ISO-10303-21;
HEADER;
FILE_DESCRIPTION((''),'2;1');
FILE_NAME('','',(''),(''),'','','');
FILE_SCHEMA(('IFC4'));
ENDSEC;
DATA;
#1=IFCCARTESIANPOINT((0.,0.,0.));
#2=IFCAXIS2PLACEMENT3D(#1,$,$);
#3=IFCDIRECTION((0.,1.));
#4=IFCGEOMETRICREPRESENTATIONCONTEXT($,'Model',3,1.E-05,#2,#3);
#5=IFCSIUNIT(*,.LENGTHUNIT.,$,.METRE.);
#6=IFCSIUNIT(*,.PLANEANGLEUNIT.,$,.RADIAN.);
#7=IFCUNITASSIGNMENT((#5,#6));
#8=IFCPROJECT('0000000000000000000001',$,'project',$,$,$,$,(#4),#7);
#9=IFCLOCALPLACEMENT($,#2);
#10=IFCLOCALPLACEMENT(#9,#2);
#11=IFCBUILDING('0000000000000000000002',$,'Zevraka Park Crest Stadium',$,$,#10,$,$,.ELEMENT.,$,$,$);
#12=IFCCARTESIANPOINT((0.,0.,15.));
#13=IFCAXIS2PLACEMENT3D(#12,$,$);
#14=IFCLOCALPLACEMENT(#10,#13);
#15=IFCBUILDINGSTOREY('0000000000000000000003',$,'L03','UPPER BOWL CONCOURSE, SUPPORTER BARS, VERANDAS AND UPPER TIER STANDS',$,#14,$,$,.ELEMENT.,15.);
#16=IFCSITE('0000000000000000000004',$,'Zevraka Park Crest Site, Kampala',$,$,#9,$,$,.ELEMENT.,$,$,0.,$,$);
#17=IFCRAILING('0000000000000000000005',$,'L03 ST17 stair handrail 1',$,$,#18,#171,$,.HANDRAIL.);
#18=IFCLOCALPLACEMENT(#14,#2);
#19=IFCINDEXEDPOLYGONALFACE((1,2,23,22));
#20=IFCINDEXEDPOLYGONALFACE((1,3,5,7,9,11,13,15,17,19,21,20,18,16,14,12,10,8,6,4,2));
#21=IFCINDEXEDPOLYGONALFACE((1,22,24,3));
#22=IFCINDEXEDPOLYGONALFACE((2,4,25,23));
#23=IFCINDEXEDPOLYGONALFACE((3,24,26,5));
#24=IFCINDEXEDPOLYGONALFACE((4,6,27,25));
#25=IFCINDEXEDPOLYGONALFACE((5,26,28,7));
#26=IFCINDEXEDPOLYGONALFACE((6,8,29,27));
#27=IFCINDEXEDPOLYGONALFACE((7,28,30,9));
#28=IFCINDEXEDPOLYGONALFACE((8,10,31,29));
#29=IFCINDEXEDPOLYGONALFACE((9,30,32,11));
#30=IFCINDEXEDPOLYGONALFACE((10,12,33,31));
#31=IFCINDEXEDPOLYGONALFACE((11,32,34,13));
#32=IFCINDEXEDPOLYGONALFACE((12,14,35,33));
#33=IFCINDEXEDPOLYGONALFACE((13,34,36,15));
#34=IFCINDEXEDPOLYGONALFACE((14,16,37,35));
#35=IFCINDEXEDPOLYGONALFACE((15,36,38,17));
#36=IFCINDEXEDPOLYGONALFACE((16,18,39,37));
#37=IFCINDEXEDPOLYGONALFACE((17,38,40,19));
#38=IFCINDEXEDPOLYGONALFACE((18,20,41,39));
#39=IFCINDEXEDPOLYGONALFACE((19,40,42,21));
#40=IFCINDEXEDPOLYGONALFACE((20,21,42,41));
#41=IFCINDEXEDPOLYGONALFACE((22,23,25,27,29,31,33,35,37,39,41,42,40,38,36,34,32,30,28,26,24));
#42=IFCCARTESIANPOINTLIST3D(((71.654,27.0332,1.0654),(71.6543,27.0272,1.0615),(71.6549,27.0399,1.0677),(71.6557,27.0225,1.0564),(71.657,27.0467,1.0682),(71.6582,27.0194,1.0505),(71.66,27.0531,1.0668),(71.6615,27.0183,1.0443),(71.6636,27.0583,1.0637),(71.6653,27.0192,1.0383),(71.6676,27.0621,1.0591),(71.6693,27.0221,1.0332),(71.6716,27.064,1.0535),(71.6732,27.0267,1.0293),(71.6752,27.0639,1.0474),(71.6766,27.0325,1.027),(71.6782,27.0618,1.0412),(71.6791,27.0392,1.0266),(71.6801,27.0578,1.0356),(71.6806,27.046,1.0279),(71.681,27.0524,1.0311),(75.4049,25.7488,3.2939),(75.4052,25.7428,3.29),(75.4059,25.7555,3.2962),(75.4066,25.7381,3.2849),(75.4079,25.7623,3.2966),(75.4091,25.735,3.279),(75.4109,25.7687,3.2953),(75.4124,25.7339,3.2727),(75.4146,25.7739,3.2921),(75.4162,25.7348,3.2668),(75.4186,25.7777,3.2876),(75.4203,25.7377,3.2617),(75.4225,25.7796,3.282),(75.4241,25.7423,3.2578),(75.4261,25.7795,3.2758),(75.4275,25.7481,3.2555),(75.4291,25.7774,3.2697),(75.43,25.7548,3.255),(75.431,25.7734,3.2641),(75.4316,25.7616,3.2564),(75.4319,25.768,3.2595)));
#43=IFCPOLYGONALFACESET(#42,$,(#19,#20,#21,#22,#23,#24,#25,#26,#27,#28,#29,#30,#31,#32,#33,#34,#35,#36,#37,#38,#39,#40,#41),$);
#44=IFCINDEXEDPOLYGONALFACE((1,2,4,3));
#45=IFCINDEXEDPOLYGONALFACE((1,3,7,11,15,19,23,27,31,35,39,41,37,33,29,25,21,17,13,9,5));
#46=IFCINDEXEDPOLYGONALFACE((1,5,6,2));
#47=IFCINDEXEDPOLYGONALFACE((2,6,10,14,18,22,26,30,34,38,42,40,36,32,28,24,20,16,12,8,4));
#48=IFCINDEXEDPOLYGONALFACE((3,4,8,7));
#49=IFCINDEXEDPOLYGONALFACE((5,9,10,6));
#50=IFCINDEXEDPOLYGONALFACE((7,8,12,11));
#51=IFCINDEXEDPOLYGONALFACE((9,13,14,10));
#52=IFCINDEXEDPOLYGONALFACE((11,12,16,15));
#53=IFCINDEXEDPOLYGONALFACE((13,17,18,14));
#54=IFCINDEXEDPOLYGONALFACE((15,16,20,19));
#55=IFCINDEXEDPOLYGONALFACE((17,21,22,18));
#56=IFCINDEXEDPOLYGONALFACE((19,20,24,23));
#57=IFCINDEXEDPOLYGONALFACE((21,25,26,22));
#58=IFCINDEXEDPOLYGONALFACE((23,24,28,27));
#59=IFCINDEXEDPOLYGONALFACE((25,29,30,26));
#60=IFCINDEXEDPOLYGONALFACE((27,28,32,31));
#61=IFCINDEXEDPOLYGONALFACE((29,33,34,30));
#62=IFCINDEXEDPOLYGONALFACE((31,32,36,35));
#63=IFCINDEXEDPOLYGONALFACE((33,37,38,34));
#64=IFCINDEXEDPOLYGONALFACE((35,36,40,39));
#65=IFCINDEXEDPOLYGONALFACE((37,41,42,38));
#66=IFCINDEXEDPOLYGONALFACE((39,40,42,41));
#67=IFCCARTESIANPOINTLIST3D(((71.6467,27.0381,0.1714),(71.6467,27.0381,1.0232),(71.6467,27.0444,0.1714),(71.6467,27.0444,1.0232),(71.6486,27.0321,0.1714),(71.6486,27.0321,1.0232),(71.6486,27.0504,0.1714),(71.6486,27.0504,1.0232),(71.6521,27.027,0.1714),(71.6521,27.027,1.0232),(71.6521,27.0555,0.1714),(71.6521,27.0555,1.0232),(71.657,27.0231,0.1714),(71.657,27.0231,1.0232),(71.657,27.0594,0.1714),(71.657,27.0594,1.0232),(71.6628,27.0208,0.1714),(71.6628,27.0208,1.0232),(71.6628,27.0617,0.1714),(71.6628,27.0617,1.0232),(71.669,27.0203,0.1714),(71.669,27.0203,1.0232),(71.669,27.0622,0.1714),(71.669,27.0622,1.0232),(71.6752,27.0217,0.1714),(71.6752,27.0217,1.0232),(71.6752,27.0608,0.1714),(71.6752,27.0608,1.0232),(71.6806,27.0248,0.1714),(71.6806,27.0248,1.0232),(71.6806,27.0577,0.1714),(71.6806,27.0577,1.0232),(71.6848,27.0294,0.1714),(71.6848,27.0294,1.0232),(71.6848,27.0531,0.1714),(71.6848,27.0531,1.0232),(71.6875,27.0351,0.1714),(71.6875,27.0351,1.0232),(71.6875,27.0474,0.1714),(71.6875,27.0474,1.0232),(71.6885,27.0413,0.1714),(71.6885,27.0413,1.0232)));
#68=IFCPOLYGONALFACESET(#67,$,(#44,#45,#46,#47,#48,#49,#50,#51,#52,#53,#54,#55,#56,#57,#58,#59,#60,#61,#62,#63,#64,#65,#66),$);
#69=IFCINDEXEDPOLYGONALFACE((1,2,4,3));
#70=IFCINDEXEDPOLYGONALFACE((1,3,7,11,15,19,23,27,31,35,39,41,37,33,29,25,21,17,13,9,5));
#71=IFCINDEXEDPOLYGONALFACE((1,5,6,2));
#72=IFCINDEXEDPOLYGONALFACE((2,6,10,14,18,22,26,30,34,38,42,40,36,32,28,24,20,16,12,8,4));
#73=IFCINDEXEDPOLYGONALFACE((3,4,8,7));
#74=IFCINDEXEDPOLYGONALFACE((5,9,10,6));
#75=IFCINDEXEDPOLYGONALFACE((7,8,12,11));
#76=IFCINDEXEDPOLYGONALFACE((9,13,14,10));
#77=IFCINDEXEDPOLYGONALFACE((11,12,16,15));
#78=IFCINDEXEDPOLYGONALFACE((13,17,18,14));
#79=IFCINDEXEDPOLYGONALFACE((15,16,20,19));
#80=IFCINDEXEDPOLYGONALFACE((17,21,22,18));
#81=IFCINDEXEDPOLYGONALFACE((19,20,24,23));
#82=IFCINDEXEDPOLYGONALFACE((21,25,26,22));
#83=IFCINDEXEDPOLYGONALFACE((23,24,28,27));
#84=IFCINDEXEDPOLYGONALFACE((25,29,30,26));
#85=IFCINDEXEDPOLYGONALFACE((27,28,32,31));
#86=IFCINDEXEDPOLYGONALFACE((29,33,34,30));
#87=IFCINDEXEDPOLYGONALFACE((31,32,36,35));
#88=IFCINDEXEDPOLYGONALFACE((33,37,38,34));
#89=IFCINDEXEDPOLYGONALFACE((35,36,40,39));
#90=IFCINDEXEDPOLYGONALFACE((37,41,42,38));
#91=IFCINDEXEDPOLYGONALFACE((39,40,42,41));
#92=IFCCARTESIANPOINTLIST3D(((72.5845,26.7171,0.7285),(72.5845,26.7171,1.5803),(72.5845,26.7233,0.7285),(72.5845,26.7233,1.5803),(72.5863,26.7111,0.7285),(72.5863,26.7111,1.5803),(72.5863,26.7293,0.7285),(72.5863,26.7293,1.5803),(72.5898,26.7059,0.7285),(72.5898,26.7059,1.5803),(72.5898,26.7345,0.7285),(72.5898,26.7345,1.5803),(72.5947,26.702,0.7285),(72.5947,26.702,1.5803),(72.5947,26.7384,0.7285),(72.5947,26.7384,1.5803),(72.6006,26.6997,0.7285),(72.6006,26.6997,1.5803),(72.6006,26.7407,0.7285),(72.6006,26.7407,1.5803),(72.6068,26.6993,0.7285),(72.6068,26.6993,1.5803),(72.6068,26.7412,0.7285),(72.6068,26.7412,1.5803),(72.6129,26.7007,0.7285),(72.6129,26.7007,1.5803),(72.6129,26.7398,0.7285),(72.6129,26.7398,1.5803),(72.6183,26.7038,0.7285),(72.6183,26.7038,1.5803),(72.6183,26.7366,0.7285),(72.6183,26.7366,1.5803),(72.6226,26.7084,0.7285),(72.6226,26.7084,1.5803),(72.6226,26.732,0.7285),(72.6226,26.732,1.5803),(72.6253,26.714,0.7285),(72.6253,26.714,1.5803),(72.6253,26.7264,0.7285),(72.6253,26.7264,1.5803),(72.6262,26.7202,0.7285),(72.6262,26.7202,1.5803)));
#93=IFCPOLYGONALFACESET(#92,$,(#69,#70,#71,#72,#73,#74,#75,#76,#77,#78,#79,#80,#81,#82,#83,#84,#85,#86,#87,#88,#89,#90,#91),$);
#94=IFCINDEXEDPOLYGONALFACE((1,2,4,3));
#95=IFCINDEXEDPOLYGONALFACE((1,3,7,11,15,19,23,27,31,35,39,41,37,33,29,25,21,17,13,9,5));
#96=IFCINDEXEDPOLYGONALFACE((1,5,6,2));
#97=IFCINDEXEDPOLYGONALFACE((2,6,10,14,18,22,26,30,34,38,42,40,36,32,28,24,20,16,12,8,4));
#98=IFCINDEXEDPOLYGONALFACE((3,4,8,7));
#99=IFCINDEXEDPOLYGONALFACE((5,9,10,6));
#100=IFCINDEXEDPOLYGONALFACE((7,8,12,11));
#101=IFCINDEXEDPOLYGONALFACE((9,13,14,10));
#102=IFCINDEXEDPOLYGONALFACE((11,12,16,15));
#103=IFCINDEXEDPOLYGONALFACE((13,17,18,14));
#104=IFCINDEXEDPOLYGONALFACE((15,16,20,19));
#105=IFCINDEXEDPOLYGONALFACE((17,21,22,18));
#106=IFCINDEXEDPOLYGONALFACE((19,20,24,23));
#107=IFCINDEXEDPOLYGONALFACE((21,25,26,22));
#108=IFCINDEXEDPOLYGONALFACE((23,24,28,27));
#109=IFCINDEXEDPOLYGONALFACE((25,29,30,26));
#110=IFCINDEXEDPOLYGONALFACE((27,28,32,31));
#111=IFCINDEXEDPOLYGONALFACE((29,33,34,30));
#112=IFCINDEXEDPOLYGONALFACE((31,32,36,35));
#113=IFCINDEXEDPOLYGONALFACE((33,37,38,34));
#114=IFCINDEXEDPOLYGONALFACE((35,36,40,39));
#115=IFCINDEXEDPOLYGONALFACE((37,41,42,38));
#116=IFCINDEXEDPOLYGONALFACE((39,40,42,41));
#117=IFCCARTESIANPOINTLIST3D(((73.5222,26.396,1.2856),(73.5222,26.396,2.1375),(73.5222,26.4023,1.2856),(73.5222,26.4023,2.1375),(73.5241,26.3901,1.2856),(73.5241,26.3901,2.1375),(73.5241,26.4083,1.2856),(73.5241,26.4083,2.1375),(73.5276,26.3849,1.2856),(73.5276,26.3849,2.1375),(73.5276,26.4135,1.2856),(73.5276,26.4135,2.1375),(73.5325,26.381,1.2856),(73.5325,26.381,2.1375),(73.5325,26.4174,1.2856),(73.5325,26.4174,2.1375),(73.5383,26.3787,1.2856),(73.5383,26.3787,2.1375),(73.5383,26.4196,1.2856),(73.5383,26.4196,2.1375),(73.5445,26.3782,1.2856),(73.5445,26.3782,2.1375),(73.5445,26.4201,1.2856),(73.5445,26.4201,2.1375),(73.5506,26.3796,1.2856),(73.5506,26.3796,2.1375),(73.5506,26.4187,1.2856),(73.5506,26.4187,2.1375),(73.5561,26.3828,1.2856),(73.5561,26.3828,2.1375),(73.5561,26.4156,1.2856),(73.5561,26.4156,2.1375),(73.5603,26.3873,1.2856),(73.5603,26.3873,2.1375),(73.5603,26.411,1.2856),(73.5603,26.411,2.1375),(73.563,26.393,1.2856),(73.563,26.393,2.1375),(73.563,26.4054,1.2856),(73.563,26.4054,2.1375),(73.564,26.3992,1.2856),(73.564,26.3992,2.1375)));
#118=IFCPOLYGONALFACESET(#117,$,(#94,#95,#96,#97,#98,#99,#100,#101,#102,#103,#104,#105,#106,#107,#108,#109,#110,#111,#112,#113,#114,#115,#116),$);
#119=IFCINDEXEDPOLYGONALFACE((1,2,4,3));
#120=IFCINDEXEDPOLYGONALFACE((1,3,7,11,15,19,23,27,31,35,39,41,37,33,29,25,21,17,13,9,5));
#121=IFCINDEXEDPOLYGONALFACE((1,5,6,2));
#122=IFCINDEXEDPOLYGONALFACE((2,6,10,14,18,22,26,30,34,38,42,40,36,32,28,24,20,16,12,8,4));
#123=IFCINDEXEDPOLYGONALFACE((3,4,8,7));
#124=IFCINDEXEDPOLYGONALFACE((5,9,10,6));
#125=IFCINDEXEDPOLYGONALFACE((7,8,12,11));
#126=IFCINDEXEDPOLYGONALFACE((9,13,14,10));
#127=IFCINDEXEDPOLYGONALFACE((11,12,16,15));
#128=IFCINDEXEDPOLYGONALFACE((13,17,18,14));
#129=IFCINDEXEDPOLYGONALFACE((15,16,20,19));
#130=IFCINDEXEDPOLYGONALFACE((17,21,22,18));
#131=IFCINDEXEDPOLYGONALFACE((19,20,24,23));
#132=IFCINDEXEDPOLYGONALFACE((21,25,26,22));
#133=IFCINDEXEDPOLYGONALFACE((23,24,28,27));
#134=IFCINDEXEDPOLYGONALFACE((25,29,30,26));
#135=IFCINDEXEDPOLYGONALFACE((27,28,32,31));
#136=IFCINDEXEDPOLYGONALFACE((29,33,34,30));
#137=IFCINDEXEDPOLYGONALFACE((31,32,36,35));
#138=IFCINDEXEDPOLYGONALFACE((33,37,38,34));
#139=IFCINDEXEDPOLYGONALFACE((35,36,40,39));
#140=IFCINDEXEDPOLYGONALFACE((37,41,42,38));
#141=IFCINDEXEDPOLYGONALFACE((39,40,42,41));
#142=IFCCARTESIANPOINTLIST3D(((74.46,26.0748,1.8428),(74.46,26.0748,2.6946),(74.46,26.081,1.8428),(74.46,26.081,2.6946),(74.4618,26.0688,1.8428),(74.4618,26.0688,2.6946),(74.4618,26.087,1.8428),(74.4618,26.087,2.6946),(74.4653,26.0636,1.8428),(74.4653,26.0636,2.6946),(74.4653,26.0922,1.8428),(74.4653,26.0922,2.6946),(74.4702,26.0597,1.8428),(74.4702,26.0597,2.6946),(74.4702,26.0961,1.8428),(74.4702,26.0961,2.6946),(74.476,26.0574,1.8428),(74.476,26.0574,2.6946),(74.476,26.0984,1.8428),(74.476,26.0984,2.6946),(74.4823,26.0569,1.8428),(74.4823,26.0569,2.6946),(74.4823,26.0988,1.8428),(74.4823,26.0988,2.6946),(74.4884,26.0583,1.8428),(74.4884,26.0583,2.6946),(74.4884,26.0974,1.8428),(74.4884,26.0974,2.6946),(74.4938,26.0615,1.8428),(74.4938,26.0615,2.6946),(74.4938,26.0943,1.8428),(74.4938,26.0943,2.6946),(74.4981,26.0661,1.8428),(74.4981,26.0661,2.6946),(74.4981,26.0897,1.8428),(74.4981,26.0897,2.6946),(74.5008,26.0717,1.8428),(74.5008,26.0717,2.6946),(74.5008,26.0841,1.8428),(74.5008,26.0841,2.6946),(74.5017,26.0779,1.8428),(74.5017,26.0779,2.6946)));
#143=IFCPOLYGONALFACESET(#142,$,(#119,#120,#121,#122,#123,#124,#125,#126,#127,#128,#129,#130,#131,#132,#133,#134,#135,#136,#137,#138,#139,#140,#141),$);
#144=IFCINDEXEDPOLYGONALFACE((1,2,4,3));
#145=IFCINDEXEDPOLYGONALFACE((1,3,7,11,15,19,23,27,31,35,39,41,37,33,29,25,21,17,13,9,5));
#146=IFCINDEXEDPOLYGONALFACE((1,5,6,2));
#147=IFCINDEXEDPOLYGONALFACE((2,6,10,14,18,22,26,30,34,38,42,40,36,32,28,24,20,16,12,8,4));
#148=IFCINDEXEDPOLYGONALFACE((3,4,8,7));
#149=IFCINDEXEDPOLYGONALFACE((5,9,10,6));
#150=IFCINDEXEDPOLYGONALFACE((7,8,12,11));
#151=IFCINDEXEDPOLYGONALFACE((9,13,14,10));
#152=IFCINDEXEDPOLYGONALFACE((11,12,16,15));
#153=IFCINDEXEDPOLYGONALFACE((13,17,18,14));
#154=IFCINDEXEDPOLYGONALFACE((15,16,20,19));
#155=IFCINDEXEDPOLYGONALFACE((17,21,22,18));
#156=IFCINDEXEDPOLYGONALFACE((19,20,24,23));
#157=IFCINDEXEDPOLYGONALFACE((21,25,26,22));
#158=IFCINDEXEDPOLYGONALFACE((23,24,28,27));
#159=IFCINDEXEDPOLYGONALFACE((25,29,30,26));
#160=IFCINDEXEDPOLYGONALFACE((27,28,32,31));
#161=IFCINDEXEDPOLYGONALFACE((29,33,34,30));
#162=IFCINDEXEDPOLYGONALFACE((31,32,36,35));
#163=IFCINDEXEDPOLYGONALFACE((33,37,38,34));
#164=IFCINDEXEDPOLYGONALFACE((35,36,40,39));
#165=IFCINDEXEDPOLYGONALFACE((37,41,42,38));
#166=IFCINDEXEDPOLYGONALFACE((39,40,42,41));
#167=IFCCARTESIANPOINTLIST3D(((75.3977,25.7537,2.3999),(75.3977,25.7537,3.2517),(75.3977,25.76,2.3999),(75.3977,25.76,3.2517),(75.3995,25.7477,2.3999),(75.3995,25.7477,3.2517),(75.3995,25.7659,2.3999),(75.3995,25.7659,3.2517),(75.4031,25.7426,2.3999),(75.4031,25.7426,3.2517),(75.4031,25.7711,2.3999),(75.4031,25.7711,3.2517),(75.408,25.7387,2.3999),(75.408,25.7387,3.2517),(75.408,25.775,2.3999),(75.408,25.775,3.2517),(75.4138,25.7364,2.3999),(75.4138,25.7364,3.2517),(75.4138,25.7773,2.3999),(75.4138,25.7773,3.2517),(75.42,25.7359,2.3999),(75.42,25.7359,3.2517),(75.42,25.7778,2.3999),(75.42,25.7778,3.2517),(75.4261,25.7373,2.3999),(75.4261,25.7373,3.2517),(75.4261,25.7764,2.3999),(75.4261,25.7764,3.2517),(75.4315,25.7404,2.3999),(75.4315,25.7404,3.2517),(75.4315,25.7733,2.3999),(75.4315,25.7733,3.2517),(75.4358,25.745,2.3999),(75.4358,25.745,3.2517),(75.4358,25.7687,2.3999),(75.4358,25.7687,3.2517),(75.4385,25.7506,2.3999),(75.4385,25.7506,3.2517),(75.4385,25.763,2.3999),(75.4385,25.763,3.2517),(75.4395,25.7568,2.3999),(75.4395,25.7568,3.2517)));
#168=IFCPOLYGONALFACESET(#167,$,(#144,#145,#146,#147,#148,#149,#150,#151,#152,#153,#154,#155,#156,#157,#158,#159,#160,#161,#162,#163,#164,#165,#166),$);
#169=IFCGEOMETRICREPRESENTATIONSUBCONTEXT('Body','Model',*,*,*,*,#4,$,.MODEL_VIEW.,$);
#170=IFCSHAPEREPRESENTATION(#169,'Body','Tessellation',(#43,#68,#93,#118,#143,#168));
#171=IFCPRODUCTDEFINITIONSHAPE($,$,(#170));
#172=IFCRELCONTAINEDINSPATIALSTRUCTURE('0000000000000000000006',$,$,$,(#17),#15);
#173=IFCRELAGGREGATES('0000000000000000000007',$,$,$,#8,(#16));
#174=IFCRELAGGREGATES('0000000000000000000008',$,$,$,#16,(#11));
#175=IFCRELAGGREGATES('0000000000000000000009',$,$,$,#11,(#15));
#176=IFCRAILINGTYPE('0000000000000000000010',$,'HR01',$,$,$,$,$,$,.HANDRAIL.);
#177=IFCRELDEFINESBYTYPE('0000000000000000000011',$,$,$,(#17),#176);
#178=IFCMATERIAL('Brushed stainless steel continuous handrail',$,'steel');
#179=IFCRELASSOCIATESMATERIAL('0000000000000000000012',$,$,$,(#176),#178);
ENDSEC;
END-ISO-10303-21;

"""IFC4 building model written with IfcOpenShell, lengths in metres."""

from ifc_helpers import new_model, si_unit, direction, frame, origin, origin_2d, place, context, subcontext, project, spatial, circle, extrude, material, type_object, element, save


model = new_model("IFC4")

# Units and contexts
model_context = context("Model", 3, precision=1e-05, world=origin(), true_north=direction((0.0, 1.0)))
body_context = subcontext(model_context, "Body", "Model", "MODEL_VIEW")
ifc_project = project(units=[si_unit("LENGTHUNIT", "METRE"), si_unit("PLANEANGLEUNIT", "RADIAN")], contexts=[model_context])

# Site, building, storey
site_placement = place(None, origin())
site = spatial("IfcSite", under=ifc_project, at=site_placement, Name="Zevraka Park Crest Site, Kampala", CompositionType="ELEMENT", RefElevation=0.0)
building_placement = place(site_placement, origin())
building = spatial("IfcBuilding", under=site, at=building_placement, Name="Zevraka Park Crest Stadium", CompositionType="ELEMENT")
storey_placement = place(building_placement, frame((0.0, 0.0, 15.0)))
storey = spatial("IfcBuildingStorey", under=building, at=storey_placement, Name="L03", Description="UPPER BOWL CONCOURSE, SUPPORTER BARS, VERANDAS AND UPPER TIER STANDS", CompositionType="ELEMENT", Elevation=15.0)

# Railing
ifc_material_1 = material(Name="Brushed stainless steel continuous handrail", Category="steel")
railing_type = type_object("IfcRailingType", Name="HR01", PredefinedType="HANDRAIL", material=ifc_material_1)
railing_placement = place(storey_placement, frame((71.6675, 27.0413, 0.1714)))
element("IfcRailing", 1, at=railing_placement, inside=storey, type_object=railing_type, Name="L03 ST17 stair handrail 1", PredefinedType="HANDRAIL", context=body_context, shape_type="SweptSolid", body=[
    extrude(circle(Radius=0.0239, at=origin_2d()), frame((0.0, 0.0, 0.876), z_axis=(0.824722, -0.282405, 0.489981), x_axis=(0.323957, 0.946072, 0.0)), (0.0, 0.0, 1.0), 4.5481),
    extrude(circle(Radius=0.021, at=origin_2d()), origin(), (0.0, 0.0, 1.0), 0.8518),
    extrude(circle(Radius=0.021, at=origin_2d()), frame((0.9377, -0.321, 0.5571)), (0.0, 0.0, 1.0), 0.8518),
    extrude(circle(Radius=0.021, at=origin_2d()), frame((1.8755, -0.6421, 1.1143)), (0.0, 0.0, 1.0), 0.8518),
    extrude(circle(Radius=0.021, at=origin_2d()), frame((2.8132, -0.9634, 1.6714)), (0.0, 0.0, 1.0), 0.8518),
    extrude(circle(Radius=0.021, at=origin_2d()), frame((3.751, -1.2844, 2.2285)), (0.0, 0.0, 1.0), 0.8518),
])

save(model, "model.ifc")
